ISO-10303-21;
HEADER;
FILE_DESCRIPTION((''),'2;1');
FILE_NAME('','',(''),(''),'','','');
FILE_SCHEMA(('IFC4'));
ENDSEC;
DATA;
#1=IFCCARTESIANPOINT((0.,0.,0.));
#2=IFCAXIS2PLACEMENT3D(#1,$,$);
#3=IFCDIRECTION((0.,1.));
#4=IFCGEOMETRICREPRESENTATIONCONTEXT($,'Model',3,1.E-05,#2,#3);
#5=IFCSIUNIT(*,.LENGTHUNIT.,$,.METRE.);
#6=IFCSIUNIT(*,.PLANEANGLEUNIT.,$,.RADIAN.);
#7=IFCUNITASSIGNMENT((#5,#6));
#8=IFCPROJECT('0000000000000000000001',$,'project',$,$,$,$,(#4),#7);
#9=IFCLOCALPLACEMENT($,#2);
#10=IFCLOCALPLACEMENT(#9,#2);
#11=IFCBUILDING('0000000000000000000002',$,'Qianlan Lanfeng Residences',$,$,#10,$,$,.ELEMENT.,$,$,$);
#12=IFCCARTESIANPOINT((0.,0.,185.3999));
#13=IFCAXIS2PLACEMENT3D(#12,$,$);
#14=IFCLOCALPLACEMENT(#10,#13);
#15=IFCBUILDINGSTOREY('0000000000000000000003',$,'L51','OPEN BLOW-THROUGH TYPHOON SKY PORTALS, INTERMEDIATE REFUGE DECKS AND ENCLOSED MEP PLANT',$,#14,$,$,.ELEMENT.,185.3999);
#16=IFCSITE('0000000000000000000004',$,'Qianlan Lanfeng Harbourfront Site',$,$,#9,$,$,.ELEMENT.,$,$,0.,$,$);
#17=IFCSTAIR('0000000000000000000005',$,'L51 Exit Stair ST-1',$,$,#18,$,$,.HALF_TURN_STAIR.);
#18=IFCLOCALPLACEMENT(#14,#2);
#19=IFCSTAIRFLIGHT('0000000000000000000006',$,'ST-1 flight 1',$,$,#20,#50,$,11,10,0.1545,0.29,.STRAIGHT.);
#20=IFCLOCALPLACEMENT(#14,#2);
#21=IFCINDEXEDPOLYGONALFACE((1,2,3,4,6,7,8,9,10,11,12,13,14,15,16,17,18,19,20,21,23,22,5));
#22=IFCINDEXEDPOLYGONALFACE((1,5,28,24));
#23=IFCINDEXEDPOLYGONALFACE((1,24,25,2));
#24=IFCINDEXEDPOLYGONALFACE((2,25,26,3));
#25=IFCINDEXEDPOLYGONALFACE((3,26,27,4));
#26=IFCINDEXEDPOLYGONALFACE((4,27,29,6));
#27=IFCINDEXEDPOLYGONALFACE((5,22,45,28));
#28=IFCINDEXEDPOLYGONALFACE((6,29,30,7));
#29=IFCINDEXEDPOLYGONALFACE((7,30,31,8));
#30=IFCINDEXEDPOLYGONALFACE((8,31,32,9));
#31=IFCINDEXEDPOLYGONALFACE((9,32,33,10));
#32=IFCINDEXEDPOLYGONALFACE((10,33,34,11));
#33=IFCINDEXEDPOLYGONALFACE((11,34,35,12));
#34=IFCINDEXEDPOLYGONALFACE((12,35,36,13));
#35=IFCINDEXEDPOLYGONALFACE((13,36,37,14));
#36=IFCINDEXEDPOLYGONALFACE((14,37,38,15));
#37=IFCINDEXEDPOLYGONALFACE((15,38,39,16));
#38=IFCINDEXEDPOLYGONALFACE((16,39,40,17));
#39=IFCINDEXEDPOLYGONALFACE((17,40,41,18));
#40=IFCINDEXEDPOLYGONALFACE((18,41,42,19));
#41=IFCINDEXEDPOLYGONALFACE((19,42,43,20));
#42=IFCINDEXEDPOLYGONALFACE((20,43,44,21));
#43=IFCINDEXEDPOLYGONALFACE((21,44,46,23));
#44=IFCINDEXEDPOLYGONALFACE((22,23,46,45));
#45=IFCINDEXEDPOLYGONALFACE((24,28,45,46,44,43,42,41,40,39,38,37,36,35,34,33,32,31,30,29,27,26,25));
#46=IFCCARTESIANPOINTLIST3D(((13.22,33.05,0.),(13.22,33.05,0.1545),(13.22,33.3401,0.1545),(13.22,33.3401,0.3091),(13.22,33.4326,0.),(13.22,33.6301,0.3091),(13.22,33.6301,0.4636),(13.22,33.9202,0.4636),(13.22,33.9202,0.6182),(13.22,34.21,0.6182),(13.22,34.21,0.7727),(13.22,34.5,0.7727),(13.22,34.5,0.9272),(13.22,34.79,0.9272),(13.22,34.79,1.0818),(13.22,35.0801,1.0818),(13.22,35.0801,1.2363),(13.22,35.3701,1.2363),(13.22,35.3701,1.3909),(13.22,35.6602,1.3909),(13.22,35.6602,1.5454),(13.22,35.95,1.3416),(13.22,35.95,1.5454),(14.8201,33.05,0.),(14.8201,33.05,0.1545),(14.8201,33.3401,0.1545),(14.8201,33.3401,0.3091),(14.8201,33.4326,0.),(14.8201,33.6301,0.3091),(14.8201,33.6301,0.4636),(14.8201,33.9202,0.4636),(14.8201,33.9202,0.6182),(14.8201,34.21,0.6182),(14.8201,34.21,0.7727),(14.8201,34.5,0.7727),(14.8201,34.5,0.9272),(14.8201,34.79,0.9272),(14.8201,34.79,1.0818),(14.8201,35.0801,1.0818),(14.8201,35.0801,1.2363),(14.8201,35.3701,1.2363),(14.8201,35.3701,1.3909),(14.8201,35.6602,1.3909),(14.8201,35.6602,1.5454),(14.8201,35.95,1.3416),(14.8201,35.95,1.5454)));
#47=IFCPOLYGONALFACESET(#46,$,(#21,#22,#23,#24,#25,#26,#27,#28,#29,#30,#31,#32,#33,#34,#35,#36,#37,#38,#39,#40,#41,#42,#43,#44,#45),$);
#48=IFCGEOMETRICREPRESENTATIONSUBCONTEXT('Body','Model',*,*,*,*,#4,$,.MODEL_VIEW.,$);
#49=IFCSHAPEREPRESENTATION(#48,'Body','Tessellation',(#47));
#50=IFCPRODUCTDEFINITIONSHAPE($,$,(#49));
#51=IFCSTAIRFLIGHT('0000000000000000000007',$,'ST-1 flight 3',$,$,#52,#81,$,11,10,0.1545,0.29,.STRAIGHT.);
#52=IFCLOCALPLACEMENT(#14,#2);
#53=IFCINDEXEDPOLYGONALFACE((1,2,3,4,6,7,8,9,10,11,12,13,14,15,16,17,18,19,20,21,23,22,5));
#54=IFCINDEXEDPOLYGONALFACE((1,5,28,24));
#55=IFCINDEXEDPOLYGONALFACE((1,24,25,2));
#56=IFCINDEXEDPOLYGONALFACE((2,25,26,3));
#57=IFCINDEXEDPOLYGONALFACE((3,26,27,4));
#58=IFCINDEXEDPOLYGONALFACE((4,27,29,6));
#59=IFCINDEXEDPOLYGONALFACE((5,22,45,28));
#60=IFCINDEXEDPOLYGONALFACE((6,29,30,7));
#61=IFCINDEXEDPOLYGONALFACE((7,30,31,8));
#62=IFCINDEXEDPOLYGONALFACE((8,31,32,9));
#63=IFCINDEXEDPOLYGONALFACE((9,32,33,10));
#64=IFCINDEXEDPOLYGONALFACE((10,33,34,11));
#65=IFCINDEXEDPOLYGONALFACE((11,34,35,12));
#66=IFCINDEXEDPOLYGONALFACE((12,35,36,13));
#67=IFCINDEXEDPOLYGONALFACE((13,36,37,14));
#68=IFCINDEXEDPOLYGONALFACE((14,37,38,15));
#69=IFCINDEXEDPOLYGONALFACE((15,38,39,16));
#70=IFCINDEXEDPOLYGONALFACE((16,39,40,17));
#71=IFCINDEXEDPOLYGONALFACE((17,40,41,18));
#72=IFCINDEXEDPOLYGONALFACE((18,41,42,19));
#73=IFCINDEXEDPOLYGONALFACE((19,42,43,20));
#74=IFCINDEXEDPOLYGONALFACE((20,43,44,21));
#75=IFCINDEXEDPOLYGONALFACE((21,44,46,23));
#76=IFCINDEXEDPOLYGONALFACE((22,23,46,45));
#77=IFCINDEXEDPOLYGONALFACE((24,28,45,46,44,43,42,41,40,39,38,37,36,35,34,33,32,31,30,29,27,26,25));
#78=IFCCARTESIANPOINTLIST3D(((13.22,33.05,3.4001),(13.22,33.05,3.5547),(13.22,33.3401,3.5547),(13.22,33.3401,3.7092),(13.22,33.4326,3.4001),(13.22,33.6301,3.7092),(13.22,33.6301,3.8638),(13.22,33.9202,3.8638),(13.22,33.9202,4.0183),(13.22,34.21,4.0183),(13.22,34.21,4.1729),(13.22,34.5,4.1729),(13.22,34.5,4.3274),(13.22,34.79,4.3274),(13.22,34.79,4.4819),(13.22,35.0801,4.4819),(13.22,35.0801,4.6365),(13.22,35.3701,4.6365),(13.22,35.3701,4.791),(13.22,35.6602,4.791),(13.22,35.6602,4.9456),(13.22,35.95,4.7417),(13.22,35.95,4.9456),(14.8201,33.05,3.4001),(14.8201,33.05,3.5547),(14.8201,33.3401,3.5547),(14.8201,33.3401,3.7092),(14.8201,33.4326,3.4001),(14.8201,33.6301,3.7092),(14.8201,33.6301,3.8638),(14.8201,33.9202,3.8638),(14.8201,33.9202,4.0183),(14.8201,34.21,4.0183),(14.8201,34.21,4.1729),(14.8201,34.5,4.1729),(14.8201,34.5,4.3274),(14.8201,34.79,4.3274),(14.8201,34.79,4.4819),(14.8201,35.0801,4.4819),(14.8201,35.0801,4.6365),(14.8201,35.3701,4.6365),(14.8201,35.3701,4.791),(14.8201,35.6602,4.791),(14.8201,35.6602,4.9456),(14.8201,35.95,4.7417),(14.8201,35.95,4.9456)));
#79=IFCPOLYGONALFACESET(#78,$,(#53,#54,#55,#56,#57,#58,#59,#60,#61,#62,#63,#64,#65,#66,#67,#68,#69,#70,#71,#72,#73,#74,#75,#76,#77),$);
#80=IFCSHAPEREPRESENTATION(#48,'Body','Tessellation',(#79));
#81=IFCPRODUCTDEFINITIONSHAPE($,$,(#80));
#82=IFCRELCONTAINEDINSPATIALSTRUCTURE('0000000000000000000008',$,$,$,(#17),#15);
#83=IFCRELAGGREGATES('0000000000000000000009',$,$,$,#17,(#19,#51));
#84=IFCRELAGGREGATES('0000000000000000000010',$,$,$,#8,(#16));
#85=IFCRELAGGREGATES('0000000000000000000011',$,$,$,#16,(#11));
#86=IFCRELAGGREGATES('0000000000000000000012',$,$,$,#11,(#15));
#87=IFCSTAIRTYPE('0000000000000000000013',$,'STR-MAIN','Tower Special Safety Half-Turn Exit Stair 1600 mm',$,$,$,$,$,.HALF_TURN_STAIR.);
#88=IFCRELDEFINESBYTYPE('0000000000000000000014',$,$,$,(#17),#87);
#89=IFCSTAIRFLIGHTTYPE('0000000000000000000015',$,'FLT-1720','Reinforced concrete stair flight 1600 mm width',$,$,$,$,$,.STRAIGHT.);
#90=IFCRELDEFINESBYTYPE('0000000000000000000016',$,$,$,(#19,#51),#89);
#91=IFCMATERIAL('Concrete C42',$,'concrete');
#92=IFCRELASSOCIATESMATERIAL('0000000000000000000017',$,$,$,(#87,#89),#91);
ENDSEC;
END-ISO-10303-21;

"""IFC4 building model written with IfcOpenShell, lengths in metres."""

from ifc_helpers import new_model, si_unit, direction, frame, origin, place, context, subcontext, project, spatial, polyline, outline, extrude, material, type_object, element, aggregate, save


model = new_model("IFC4")

# Units and contexts
model_context = context("Model", 3, precision=1e-05, world=origin(), true_north=direction((0.0, 1.0)))
body_context = subcontext(model_context, "Body", "Model", "MODEL_VIEW")
ifc_project = project(units=[si_unit("LENGTHUNIT", "METRE"), si_unit("PLANEANGLEUNIT", "RADIAN")], contexts=[model_context])

# Site, building, storey
site_placement = place(None, origin())
site = spatial("IfcSite", under=ifc_project, at=site_placement, Name="Qianlan Lanfeng Harbourfront Site", CompositionType="ELEMENT", RefElevation=0.0)
building_placement = place(site_placement, origin())
building = spatial("IfcBuilding", under=site, at=building_placement, Name="Qianlan Lanfeng Residences", CompositionType="ELEMENT")
storey_placement = place(building_placement, frame((0.0, 0.0, 185.3999)))
storey = spatial("IfcBuildingStorey", under=building, at=storey_placement, Name="L51", Description="OPEN BLOW-THROUGH TYPHOON SKY PORTALS, INTERMEDIATE REFUGE DECKS AND ENCLOSED MEP PLANT", CompositionType="ELEMENT", Elevation=185.3999)

# Stair, stair flights
ifc_material_1 = material(Name="Concrete C42", Category="concrete")
stair_type = type_object("IfcStairType", Name="STR-MAIN", Description="Tower Special Safety Half-Turn Exit Stair 1600 mm", PredefinedType="HALF_TURN_STAIR", material=ifc_material_1)
stair_placement = place(storey_placement, origin())
stair = element("IfcStair", 1, at=stair_placement, inside=storey, type_object=stair_type, Name="L51 Exit Stair ST-1", PredefinedType="HALF_TURN_STAIR")
stair_flight_type = type_object("IfcStairFlightType", Name="FLT-1720", Description="Reinforced concrete stair flight 1600 mm width", PredefinedType="STRAIGHT", material=ifc_material_1)
stair_flight_1_placement = place(storey_placement, frame((14.02, 33.05, 0.0), z_axis=(0.0, 0.0, 1.0), x_axis=(0.0, 1.0, 0.0)))
stair_flight_1 = element("IfcStairFlight", 2, at=stair_flight_1_placement, type_object=stair_flight_type, Name="ST-1 flight 1", NumberOfRisers=11, NumberOfTreads=10, PredefinedType="STRAIGHT", RiserHeight=0.1545, TreadLength=0.29, context=body_context, shape_type="SweptSolid", body=[
    extrude(outline(polyline([(0.0, 0.0), (0.0, 0.1545), (0.29, 0.1545), (0.29, 0.3091), (0.5801, 0.3091), (0.5801, 0.4636), (0.8701, 0.4636), (0.8701, 0.6182), (1.1599, 0.6182), (1.1599, 0.7727), (1.45, 0.7727), (1.45, 0.9272), (1.74, 0.9272), (1.74, 1.0818), (2.03, 1.0818), (2.03, 1.2363), (2.3201, 1.2363), (2.3201, 1.3909), (2.6101, 1.3909), (2.6101, 1.5454), (2.8999, 1.5454), (2.8999, 1.7), (2.8999, 1.3416), (0.3826, 0.0), (0.0, 0.0)])), frame((0.0, 0.8, 0.0), z_axis=(0.0, -1.0, 0.0), x_axis=(1.0, 0.0, 0.0)), (0.0, 0.0, 1.0), 1.6001),
])
stair_flight_2_placement = place(storey_placement, frame((14.02, 33.05, 3.4001), z_axis=(0.0, 0.0, 1.0), x_axis=(0.0, 1.0, 0.0)))
stair_flight_2 = element("IfcStairFlight", 3, at=stair_flight_2_placement, type_object=stair_flight_type, Name="ST-1 flight 3", NumberOfRisers=11, NumberOfTreads=10, PredefinedType="STRAIGHT", RiserHeight=0.1545, TreadLength=0.29, context=body_context, shape_type="SweptSolid", body=[
    extrude(outline(polyline([(0.0, 0.0), (0.0, 0.1545), (0.29, 0.1545), (0.29, 0.3091), (0.5801, 0.3091), (0.5801, 0.4636), (0.8701, 0.4636), (0.8701, 0.6182), (1.1599, 0.6182), (1.1599, 0.7727), (1.45, 0.7727), (1.45, 0.9272), (1.74, 0.9272), (1.74, 1.0818), (2.03, 1.0818), (2.03, 1.2363), (2.3201, 1.2363), (2.3201, 1.3909), (2.6101, 1.3909), (2.6101, 1.5454), (2.8999, 1.5454), (2.8999, 1.7), (2.8999, 1.3416), (0.3826, 0.0), (0.0, 0.0)])), frame((0.0, 0.8, 0.0), z_axis=(0.0, -1.0, 0.0), x_axis=(1.0, 0.0, 0.0)), (0.0, 0.0, 1.0), 1.6001),
])
aggregate(stair, [stair_flight_1, stair_flight_2])

save(model, "model.ifc")
